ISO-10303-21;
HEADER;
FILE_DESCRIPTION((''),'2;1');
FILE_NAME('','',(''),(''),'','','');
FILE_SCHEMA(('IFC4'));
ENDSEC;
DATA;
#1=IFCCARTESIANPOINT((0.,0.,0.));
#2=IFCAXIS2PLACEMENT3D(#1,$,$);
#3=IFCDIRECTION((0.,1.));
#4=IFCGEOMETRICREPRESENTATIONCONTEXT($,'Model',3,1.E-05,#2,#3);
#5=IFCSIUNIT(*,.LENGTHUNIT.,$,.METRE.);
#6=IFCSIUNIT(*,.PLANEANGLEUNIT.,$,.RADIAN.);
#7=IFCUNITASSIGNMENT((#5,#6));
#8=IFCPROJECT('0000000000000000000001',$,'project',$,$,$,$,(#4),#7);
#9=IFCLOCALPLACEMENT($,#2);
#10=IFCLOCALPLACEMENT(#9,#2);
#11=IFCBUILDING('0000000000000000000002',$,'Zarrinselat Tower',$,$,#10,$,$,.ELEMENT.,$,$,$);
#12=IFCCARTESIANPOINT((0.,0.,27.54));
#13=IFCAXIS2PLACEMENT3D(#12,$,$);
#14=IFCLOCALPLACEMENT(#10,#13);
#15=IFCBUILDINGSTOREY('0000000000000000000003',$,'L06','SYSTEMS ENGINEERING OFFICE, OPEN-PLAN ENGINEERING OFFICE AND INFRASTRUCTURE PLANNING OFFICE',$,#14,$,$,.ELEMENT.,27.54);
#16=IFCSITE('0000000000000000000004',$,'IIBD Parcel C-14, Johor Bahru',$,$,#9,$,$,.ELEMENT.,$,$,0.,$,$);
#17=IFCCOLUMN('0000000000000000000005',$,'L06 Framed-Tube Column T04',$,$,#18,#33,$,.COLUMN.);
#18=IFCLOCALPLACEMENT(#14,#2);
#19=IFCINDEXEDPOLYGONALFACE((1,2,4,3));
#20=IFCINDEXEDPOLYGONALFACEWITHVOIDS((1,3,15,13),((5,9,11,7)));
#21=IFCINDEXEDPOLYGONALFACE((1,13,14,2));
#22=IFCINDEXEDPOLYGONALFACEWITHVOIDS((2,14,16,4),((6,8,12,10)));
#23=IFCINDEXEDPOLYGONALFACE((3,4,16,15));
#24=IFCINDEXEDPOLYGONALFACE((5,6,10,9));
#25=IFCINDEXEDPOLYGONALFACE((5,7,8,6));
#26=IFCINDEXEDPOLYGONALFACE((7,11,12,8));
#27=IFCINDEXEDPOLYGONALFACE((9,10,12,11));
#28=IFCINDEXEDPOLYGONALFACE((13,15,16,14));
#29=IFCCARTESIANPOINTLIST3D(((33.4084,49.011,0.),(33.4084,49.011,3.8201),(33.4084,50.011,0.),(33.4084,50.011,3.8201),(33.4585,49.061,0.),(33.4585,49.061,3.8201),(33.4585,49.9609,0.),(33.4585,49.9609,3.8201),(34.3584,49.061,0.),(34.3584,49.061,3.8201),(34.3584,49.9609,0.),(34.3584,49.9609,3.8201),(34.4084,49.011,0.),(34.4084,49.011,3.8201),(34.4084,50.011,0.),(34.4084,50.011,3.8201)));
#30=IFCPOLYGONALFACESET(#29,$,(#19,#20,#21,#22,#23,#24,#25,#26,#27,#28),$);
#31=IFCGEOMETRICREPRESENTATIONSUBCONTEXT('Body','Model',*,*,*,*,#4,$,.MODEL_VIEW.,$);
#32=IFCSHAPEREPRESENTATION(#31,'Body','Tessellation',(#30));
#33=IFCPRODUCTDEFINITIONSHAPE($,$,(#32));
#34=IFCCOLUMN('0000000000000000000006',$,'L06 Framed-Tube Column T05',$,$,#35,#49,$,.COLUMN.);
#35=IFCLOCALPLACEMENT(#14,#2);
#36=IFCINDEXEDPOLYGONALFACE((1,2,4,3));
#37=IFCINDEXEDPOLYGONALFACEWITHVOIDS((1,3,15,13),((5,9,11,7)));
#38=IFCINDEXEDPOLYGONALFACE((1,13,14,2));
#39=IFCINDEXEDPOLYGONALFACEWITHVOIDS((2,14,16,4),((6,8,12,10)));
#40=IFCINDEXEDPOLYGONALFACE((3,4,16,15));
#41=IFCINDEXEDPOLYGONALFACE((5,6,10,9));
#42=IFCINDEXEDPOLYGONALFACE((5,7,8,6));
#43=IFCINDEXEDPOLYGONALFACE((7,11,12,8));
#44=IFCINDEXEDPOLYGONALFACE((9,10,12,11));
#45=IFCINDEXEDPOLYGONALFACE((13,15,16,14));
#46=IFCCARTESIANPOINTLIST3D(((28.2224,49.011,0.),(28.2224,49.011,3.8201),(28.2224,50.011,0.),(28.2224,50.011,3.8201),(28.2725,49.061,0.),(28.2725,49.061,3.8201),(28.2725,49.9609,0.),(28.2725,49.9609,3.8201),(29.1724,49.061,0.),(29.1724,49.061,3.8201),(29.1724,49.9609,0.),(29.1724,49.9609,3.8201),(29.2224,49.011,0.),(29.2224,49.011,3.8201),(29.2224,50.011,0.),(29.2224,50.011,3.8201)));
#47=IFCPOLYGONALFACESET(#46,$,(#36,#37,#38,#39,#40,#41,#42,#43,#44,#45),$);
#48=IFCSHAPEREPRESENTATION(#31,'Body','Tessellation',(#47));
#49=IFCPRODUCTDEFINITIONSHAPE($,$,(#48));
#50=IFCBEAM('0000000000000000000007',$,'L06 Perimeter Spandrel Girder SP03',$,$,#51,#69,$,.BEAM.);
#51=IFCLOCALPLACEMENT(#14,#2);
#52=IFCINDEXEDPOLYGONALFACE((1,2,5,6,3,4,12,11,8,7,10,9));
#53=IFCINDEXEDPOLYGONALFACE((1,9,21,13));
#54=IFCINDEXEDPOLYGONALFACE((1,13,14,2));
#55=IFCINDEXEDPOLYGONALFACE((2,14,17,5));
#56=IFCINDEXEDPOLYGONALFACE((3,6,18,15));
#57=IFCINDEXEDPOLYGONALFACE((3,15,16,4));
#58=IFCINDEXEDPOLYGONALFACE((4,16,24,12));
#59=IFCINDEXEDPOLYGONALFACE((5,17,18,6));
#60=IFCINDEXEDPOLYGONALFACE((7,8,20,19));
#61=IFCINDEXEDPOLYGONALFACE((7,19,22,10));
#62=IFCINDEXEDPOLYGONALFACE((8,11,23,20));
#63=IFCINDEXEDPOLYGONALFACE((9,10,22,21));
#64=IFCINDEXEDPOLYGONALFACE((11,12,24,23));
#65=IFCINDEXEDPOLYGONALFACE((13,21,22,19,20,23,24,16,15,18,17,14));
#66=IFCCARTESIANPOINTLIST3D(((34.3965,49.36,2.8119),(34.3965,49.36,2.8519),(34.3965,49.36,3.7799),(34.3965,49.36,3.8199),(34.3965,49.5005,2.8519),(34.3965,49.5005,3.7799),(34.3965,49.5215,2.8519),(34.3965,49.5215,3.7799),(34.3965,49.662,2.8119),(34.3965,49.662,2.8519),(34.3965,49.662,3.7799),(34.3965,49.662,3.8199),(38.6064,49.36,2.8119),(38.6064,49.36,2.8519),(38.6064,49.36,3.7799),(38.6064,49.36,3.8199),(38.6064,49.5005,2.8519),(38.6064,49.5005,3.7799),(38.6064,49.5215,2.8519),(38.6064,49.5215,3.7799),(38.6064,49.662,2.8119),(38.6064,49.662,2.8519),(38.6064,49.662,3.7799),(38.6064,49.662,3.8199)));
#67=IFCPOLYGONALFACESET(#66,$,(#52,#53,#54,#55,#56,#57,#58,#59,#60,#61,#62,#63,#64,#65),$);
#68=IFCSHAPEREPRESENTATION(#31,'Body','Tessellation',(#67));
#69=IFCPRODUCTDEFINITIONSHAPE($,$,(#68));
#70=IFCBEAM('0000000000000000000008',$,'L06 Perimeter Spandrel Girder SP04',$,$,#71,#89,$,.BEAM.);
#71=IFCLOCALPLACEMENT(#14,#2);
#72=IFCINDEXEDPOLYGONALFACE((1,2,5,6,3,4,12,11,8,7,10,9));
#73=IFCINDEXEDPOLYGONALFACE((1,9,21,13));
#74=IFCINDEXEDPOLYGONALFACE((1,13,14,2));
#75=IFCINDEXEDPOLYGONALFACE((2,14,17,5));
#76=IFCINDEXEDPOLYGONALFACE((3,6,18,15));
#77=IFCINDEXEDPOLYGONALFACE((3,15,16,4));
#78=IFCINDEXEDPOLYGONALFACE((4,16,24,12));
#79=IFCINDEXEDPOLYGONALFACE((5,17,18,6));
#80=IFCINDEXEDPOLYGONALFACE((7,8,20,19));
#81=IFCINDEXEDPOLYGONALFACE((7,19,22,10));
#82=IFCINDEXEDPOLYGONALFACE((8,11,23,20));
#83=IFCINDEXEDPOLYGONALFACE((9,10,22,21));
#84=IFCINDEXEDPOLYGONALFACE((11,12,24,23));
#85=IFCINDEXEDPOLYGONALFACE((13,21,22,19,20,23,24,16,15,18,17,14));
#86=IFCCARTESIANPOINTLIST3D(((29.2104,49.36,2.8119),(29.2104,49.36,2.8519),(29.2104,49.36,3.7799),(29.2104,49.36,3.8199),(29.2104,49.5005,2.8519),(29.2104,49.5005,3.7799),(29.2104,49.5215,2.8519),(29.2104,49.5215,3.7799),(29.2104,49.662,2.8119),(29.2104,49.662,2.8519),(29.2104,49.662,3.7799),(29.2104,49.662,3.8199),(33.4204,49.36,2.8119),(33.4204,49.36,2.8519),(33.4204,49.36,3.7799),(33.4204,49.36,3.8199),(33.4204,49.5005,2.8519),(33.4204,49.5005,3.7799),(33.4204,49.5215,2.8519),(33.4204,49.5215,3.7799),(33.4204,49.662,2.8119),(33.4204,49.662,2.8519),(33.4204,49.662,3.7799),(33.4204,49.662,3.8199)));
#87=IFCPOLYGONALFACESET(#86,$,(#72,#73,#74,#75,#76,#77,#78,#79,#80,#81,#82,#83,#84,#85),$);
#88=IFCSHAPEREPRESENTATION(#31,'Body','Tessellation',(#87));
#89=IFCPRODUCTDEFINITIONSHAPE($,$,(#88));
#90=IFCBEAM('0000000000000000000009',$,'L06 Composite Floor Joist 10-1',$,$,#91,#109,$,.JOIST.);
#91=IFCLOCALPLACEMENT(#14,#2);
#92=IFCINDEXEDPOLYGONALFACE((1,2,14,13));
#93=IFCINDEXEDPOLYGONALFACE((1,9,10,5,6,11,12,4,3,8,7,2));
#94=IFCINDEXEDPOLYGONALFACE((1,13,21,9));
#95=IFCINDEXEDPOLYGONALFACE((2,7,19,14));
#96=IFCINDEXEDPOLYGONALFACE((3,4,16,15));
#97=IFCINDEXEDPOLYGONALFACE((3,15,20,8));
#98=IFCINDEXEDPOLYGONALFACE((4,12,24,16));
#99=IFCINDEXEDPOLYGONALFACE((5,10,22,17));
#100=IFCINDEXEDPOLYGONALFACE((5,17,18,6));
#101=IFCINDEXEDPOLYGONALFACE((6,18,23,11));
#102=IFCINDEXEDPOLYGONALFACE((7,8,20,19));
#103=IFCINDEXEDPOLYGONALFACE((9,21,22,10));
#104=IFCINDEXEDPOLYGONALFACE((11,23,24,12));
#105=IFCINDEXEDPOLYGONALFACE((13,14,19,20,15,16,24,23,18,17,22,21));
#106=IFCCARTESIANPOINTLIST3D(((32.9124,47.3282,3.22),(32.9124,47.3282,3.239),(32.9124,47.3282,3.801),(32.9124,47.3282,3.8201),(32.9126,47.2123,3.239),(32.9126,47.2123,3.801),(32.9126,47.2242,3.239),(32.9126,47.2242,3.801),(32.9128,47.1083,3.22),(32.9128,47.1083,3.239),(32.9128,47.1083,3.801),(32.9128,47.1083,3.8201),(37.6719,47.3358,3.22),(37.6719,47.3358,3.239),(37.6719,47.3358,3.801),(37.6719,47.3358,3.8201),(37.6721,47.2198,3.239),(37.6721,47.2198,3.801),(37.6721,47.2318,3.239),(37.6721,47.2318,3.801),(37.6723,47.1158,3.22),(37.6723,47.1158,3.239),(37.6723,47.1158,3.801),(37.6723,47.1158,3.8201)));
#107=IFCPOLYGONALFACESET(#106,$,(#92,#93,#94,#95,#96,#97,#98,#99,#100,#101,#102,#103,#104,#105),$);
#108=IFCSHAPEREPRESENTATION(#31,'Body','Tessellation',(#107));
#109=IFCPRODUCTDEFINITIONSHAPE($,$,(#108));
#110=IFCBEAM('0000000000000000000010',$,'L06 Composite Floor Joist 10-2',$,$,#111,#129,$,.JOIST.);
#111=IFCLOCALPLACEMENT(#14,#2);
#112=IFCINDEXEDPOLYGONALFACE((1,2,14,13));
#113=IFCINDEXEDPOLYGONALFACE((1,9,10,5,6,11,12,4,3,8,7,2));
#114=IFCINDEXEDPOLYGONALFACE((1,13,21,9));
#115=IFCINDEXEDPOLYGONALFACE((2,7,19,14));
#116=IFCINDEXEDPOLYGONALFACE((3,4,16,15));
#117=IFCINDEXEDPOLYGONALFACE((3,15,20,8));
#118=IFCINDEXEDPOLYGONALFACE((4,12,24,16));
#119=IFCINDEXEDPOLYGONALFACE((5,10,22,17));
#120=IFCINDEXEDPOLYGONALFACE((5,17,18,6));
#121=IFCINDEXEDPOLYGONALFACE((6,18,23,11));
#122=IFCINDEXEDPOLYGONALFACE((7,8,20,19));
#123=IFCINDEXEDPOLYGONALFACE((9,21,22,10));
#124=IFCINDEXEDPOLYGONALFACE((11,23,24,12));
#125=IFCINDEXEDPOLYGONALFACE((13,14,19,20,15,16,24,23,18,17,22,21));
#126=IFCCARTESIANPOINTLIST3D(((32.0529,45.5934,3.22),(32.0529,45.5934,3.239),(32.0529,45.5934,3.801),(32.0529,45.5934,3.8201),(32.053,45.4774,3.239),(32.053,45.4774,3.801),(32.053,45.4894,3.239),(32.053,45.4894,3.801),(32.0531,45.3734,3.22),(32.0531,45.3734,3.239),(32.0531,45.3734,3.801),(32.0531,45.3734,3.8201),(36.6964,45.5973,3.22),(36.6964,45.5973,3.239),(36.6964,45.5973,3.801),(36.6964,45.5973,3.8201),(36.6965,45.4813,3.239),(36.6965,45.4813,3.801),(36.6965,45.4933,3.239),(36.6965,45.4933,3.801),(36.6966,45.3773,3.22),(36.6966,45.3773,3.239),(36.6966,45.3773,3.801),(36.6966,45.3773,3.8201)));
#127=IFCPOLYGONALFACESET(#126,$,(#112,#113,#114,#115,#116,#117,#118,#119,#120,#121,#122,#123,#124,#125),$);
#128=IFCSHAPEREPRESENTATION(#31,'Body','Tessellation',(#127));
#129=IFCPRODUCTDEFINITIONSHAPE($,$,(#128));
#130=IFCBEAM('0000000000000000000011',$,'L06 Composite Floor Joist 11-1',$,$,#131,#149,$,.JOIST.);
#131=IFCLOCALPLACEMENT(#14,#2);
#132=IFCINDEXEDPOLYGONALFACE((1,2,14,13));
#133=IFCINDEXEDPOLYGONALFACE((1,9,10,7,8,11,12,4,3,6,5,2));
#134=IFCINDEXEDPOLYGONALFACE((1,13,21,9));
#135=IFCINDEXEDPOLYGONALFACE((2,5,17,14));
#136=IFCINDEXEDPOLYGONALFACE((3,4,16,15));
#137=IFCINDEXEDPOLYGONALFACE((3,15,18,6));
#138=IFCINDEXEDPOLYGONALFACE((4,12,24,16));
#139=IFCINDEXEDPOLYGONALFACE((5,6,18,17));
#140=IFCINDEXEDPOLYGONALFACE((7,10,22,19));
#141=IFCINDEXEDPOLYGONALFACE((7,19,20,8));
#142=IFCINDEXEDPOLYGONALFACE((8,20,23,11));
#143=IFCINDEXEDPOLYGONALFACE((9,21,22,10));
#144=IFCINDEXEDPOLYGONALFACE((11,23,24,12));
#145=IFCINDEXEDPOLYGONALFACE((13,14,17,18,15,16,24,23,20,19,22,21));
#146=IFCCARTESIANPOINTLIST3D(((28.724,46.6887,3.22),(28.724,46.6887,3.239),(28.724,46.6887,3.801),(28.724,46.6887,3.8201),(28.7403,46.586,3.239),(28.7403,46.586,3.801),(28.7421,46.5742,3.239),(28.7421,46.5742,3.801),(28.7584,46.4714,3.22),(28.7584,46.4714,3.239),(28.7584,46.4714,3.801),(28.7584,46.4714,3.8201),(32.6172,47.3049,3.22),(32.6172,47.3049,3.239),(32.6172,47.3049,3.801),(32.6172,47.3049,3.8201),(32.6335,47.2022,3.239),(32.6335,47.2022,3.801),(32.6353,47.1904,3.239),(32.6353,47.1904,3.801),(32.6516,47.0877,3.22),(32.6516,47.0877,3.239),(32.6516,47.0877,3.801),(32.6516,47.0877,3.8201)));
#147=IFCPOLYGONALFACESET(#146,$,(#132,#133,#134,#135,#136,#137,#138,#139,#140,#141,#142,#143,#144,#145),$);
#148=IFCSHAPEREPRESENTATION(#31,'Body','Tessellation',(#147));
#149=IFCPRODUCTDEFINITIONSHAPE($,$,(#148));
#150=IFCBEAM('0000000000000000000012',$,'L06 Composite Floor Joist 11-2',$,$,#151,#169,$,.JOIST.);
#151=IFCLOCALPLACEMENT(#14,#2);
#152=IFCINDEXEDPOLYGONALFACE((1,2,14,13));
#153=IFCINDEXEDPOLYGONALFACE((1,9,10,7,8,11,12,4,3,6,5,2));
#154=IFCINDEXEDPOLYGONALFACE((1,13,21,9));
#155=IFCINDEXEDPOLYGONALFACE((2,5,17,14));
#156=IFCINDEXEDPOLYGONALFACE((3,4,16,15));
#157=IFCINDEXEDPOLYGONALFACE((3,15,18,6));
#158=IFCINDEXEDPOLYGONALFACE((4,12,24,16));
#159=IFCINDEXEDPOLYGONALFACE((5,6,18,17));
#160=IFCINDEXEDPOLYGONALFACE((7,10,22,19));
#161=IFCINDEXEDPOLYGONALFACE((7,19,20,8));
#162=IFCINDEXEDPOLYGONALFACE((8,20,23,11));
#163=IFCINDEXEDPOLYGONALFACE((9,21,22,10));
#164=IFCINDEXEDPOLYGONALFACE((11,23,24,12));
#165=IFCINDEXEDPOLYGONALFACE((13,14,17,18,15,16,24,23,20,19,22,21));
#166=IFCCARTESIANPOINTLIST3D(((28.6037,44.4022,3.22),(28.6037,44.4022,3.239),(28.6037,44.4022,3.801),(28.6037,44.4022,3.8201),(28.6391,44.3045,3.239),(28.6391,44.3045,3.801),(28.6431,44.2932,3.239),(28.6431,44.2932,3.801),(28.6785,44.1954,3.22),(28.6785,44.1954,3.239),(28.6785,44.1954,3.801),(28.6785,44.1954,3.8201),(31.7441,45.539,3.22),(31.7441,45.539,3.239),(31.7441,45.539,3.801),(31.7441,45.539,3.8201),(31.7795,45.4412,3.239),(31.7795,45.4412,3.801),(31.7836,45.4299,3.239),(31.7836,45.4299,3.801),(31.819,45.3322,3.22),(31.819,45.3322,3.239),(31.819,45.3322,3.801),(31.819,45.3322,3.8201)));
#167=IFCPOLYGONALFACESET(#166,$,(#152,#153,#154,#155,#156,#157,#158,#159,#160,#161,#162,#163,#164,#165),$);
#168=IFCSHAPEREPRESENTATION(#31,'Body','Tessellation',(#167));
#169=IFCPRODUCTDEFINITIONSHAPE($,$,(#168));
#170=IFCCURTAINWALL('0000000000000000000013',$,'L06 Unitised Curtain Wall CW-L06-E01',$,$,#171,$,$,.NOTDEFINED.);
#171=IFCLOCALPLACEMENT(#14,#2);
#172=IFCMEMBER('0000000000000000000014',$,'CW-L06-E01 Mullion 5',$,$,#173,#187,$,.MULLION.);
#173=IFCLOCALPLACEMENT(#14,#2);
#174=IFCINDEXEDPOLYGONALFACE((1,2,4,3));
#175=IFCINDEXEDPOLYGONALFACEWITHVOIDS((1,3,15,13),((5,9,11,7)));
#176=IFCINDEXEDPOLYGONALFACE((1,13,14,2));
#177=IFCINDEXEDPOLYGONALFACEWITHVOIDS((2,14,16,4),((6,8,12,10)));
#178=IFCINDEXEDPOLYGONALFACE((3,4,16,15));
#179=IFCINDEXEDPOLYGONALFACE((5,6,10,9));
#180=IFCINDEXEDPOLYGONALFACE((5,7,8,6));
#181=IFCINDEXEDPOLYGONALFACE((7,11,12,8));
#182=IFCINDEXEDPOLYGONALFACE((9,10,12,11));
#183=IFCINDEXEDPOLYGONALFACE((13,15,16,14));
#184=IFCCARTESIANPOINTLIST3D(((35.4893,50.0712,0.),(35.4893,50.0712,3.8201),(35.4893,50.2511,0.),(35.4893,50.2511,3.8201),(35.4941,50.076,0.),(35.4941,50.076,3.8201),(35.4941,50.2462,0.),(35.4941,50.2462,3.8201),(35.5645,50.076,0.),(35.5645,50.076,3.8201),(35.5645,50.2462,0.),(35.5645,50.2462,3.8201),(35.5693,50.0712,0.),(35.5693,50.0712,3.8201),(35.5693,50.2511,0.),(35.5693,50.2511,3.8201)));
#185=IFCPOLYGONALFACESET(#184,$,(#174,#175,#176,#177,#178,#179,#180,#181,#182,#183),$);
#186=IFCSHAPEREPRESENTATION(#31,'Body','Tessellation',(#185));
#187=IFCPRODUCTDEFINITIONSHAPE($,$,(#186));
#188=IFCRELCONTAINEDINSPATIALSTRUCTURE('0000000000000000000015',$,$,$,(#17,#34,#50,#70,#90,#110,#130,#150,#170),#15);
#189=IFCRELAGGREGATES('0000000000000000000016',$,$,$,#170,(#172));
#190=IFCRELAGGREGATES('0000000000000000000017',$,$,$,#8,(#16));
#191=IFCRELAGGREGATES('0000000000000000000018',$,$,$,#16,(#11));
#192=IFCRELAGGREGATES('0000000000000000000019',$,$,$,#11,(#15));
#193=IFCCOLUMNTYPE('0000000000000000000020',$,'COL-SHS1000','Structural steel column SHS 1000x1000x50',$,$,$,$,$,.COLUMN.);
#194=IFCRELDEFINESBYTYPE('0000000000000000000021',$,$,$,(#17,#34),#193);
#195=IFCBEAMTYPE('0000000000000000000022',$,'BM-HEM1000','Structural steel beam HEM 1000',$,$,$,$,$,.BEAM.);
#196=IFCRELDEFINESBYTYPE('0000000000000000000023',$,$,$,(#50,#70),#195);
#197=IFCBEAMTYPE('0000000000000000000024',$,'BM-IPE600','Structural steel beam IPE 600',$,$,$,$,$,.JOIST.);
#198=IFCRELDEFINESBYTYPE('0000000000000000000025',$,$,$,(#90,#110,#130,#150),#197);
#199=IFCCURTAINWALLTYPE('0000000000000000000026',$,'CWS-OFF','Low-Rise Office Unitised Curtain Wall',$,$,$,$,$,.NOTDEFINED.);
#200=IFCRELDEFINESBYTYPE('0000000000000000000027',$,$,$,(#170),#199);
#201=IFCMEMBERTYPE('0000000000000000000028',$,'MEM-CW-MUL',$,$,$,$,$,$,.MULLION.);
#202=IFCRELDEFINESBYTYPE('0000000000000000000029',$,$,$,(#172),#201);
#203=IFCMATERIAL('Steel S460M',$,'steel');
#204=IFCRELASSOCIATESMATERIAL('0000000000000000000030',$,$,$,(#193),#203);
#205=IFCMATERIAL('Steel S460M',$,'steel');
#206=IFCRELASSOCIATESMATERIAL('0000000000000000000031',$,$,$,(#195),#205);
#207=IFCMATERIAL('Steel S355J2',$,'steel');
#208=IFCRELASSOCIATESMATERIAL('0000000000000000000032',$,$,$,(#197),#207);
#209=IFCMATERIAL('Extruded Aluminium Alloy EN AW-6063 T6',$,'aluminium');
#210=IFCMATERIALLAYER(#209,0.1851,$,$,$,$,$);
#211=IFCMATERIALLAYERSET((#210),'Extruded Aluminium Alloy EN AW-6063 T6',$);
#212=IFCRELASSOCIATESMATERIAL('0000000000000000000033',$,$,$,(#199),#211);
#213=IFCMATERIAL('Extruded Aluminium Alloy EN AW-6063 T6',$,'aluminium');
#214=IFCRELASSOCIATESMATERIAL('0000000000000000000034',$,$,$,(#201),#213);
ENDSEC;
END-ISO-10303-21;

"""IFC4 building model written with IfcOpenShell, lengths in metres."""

from ifc_helpers import new_model, si_unit, direction, frame, origin, origin_2d, place, context, subcontext, project, spatial, hollow_rectangle, i_section, extrude, material, layer, layer_set, material_profile, profile_set, type_object, element, aggregate, save


model = new_model("IFC4")

# Units and contexts
model_context = context("Model", 3, precision=1e-05, world=origin(), true_north=direction((0.0, 1.0)))
body_context = subcontext(model_context, "Body", "Model", "MODEL_VIEW")
ifc_project = project(units=[si_unit("LENGTHUNIT", "METRE"), si_unit("PLANEANGLEUNIT", "RADIAN")], contexts=[model_context])

# Site, building, storey
site_placement = place(None, origin())
site = spatial("IfcSite", under=ifc_project, at=site_placement, Name="IIBD Parcel C-14, Johor Bahru", CompositionType="ELEMENT", RefElevation=0.0)
building_placement = place(site_placement, origin())
building = spatial("IfcBuilding", under=site, at=building_placement, Name="Zarrinselat Tower", CompositionType="ELEMENT")
storey_placement = place(building_placement, frame((0.0, 0.0, 27.54)))
storey = spatial("IfcBuildingStorey", under=building, at=storey_placement, Name="L06", Description="SYSTEMS ENGINEERING OFFICE, OPEN-PLAN ENGINEERING OFFICE AND INFRASTRUCTURE PLANNING OFFICE", CompositionType="ELEMENT", Elevation=27.54)

# Columns
ifc_material_1 = material(Name="Steel S460M", Category="steel")
ifc_material_profile_1 = material_profile(ifc_material_1, hollow_rectangle(XDim=1.0, YDim=1.0, WallThickness=0.05, at=origin_2d()), Name="SHS 1000x1000x50")
ifc_profile_set_1 = profile_set([ifc_material_profile_1], Name="Steel S460M")
column_type = type_object("IfcColumnType", Name="COL-SHS1000", Description="Structural steel column SHS 1000x1000x50", PredefinedType="COLUMN", material=ifc_profile_set_1)
for number, where, z_axis, x_axis, name in (
    (1, (33.9084, 49.511, 0.0), (0.0, 0.0, 1.0), (1.0, 0.0, 0.0), "L06 Framed-Tube Column T04"),
    (2, (28.7224, 49.511, 0.0), (0.0, 0.0, 1.0), (1.0, 0.0, 0.0), "L06 Framed-Tube Column T05"),
):
    element("IfcColumn", number, at=place(storey_placement, frame(where, z_axis=z_axis, x_axis=x_axis)), inside=storey, type_object=column_type, Name=name, PredefinedType="COLUMN", context=body_context, shape_type="SweptSolid", body=[
        extrude(hollow_rectangle(XDim=1.0, YDim=1.0, WallThickness=0.05, at=origin_2d()), origin(), (0.0, 0.0, 1.0), 3.8201),
    ])

# Beams
ifc_material_2 = material(Name="Steel S460M", Category="steel")
ifc_material_profile_2 = material_profile(ifc_material_2, i_section(OverallWidth=0.302, OverallDepth=1.0081, WebThickness=0.021, FlangeThickness=0.04, at=origin_2d()), Name="HEM 1000")
ifc_profile_set_2 = profile_set([ifc_material_profile_2], Name="Steel S460M")
beam_type_1 = type_object("IfcBeamType", Name="BM-HEM1000", Description="Structural steel beam HEM 1000", PredefinedType="BEAM", material=ifc_profile_set_2)
for number, where, z_axis, x_axis, name in (
    (3, (34.3965, 49.511, 3.3159), (1.0, 0.0, 0.0), (0.0, 1.0, 0.0), "L06 Perimeter Spandrel Girder SP03"),
    (4, (29.2104, 49.511, 3.3159), (1.0, 0.0, 0.0), (0.0, 1.0, 0.0), "L06 Perimeter Spandrel Girder SP04"),
):
    element("IfcBeam", number, at=place(storey_placement, frame(where, z_axis=z_axis, x_axis=x_axis)), inside=storey, type_object=beam_type_1, Name=name, PredefinedType="BEAM", context=body_context, shape_type="SweptSolid", body=[
        extrude(i_section(OverallWidth=0.302, OverallDepth=1.0081, WebThickness=0.021, FlangeThickness=0.04, at=origin_2d()), origin(), (0.0, 0.0, 1.0), 4.21),
    ])
ifc_material_3 = material(Name="Steel S355J2", Category="steel")
ifc_material_profile_3 = material_profile(ifc_material_3, i_section(OverallWidth=0.22, OverallDepth=0.6001, WebThickness=0.012, FlangeThickness=0.019, at=origin_2d()), Name="IPE 600")
ifc_profile_set_3 = profile_set([ifc_material_profile_3], Name="Steel S355J2")
beam_type_2 = type_object("IfcBeamType", Name="BM-IPE600", Description="Structural steel beam IPE 600", PredefinedType="JOIST", material=ifc_profile_set_3)
beam_1_placement = place(storey_placement, frame((32.9126, 47.2183, 3.52), z_axis=(0.999999, 0.00159, 0.0), x_axis=(-0.00159, 0.999999, 0.0)))
element("IfcBeam", 5, at=beam_1_placement, inside=storey, type_object=beam_type_2, Name="L06 Composite Floor Joist 10-1", PredefinedType="JOIST", context=body_context, shape_type="SweptSolid", body=[
    extrude(i_section(OverallWidth=0.22, OverallDepth=0.6001, WebThickness=0.012, FlangeThickness=0.019, at=origin_2d()), origin(), (0.0, 0.0, 1.0), 4.7595),
])
beam_2_placement = place(storey_placement, frame((32.053, 45.4834, 3.52), z_axis=(1.0, 0.000841, 0.0), x_axis=(-0.000841, 1.0, 0.0)))
element("IfcBeam", 6, at=beam_2_placement, inside=storey, type_object=beam_type_2, Name="L06 Composite Floor Joist 10-2", PredefinedType="JOIST", context=body_context, shape_type="SweptSolid", body=[
    extrude(i_section(OverallWidth=0.22, OverallDepth=0.6001, WebThickness=0.012, FlangeThickness=0.019, at=origin_2d()), origin(), (0.0, 0.0, 1.0), 4.6436),
])
beam_3_placement = place(storey_placement, frame((28.7412, 46.5801, 3.52), z_axis=(0.987704, 0.156338, 0.0), x_axis=(-0.156338, 0.987704, 0.0)))
element("IfcBeam", 7, at=beam_3_placement, inside=storey, type_object=beam_type_2, Name="L06 Composite Floor Joist 11-1", PredefinedType="JOIST", context=body_context, shape_type="SweptSolid", body=[
    extrude(i_section(OverallWidth=0.22, OverallDepth=0.6001, WebThickness=0.012, FlangeThickness=0.019, at=origin_2d()), origin(), (0.0, 0.0, 1.0), 3.9417),
])
beam_4_placement = place(storey_placement, frame((28.6411, 44.2988, 3.52), z_axis=(0.940296, 0.340358, 0.0), x_axis=(-0.340358, 0.940296, 0.0)))
element("IfcBeam", 8, at=beam_4_placement, inside=storey, type_object=beam_type_2, Name="L06 Composite Floor Joist 11-2", PredefinedType="JOIST", context=body_context, shape_type="SweptSolid", body=[
    extrude(i_section(OverallWidth=0.22, OverallDepth=0.6001, WebThickness=0.012, FlangeThickness=0.019, at=origin_2d()), origin(), (0.0, 0.0, 1.0), 3.3398),
])

# Curtain wall, member
ifc_material_4 = material(Name="Extruded Aluminium Alloy EN AW-6063 T6", Category="aluminium")
ifc_layer_1 = layer(ifc_material_4, 0.1851)
ifc_layer_set_1 = layer_set([ifc_layer_1], Name="Extruded Aluminium Alloy EN AW-6063 T6")
curtain_wall_type = type_object("IfcCurtainWallType", Name="CWS-OFF", Description="Low-Rise Office Unitised Curtain Wall", PredefinedType="NOTDEFINED", material=ifc_layer_set_1)
curtain_wall_placement = place(storey_placement, origin())
curtain_wall = element("IfcCurtainWall", 9, at=curtain_wall_placement, inside=storey, type_object=curtain_wall_type, Name="L06 Unitised Curtain Wall CW-L06-E01", PredefinedType="NOTDEFINED")
ifc_material_5 = material(Name="Extruded Aluminium Alloy EN AW-6063 T6", Category="aluminium")
ifc_material_profile_4 = material_profile(ifc_material_5, hollow_rectangle(XDim=0.0801, YDim=0.1799, WallThickness=0.0049, at=origin_2d()), Name="RHS 180x80x5")
ifc_profile_set_4 = profile_set([ifc_material_profile_4], Name="Extruded Aluminium Alloy EN AW-6063 T6")
member_type = type_object("IfcMemberType", Name="MEM-CW-MUL", PredefinedType="MULLION", material=ifc_profile_set_4)
member_1_placement = place(storey_placement, frame((35.5293, 50.1611, 0.0), z_axis=(0.0, 0.0, 1.0), x_axis=(-1.0, 0.0, 0.0)))
member_1 = element("IfcMember", 10, at=member_1_placement, type_object=member_type, Name="CW-L06-E01 Mullion 5", PredefinedType="MULLION", context=body_context, shape_type="SweptSolid", body=[
    extrude(hollow_rectangle(XDim=0.0801, YDim=0.1799, WallThickness=0.0049, at=origin_2d()), origin(), (0.0, 0.0, 1.0), 3.8201),
])
aggregate(curtain_wall, [member_1])

save(model, "model.ifc")
